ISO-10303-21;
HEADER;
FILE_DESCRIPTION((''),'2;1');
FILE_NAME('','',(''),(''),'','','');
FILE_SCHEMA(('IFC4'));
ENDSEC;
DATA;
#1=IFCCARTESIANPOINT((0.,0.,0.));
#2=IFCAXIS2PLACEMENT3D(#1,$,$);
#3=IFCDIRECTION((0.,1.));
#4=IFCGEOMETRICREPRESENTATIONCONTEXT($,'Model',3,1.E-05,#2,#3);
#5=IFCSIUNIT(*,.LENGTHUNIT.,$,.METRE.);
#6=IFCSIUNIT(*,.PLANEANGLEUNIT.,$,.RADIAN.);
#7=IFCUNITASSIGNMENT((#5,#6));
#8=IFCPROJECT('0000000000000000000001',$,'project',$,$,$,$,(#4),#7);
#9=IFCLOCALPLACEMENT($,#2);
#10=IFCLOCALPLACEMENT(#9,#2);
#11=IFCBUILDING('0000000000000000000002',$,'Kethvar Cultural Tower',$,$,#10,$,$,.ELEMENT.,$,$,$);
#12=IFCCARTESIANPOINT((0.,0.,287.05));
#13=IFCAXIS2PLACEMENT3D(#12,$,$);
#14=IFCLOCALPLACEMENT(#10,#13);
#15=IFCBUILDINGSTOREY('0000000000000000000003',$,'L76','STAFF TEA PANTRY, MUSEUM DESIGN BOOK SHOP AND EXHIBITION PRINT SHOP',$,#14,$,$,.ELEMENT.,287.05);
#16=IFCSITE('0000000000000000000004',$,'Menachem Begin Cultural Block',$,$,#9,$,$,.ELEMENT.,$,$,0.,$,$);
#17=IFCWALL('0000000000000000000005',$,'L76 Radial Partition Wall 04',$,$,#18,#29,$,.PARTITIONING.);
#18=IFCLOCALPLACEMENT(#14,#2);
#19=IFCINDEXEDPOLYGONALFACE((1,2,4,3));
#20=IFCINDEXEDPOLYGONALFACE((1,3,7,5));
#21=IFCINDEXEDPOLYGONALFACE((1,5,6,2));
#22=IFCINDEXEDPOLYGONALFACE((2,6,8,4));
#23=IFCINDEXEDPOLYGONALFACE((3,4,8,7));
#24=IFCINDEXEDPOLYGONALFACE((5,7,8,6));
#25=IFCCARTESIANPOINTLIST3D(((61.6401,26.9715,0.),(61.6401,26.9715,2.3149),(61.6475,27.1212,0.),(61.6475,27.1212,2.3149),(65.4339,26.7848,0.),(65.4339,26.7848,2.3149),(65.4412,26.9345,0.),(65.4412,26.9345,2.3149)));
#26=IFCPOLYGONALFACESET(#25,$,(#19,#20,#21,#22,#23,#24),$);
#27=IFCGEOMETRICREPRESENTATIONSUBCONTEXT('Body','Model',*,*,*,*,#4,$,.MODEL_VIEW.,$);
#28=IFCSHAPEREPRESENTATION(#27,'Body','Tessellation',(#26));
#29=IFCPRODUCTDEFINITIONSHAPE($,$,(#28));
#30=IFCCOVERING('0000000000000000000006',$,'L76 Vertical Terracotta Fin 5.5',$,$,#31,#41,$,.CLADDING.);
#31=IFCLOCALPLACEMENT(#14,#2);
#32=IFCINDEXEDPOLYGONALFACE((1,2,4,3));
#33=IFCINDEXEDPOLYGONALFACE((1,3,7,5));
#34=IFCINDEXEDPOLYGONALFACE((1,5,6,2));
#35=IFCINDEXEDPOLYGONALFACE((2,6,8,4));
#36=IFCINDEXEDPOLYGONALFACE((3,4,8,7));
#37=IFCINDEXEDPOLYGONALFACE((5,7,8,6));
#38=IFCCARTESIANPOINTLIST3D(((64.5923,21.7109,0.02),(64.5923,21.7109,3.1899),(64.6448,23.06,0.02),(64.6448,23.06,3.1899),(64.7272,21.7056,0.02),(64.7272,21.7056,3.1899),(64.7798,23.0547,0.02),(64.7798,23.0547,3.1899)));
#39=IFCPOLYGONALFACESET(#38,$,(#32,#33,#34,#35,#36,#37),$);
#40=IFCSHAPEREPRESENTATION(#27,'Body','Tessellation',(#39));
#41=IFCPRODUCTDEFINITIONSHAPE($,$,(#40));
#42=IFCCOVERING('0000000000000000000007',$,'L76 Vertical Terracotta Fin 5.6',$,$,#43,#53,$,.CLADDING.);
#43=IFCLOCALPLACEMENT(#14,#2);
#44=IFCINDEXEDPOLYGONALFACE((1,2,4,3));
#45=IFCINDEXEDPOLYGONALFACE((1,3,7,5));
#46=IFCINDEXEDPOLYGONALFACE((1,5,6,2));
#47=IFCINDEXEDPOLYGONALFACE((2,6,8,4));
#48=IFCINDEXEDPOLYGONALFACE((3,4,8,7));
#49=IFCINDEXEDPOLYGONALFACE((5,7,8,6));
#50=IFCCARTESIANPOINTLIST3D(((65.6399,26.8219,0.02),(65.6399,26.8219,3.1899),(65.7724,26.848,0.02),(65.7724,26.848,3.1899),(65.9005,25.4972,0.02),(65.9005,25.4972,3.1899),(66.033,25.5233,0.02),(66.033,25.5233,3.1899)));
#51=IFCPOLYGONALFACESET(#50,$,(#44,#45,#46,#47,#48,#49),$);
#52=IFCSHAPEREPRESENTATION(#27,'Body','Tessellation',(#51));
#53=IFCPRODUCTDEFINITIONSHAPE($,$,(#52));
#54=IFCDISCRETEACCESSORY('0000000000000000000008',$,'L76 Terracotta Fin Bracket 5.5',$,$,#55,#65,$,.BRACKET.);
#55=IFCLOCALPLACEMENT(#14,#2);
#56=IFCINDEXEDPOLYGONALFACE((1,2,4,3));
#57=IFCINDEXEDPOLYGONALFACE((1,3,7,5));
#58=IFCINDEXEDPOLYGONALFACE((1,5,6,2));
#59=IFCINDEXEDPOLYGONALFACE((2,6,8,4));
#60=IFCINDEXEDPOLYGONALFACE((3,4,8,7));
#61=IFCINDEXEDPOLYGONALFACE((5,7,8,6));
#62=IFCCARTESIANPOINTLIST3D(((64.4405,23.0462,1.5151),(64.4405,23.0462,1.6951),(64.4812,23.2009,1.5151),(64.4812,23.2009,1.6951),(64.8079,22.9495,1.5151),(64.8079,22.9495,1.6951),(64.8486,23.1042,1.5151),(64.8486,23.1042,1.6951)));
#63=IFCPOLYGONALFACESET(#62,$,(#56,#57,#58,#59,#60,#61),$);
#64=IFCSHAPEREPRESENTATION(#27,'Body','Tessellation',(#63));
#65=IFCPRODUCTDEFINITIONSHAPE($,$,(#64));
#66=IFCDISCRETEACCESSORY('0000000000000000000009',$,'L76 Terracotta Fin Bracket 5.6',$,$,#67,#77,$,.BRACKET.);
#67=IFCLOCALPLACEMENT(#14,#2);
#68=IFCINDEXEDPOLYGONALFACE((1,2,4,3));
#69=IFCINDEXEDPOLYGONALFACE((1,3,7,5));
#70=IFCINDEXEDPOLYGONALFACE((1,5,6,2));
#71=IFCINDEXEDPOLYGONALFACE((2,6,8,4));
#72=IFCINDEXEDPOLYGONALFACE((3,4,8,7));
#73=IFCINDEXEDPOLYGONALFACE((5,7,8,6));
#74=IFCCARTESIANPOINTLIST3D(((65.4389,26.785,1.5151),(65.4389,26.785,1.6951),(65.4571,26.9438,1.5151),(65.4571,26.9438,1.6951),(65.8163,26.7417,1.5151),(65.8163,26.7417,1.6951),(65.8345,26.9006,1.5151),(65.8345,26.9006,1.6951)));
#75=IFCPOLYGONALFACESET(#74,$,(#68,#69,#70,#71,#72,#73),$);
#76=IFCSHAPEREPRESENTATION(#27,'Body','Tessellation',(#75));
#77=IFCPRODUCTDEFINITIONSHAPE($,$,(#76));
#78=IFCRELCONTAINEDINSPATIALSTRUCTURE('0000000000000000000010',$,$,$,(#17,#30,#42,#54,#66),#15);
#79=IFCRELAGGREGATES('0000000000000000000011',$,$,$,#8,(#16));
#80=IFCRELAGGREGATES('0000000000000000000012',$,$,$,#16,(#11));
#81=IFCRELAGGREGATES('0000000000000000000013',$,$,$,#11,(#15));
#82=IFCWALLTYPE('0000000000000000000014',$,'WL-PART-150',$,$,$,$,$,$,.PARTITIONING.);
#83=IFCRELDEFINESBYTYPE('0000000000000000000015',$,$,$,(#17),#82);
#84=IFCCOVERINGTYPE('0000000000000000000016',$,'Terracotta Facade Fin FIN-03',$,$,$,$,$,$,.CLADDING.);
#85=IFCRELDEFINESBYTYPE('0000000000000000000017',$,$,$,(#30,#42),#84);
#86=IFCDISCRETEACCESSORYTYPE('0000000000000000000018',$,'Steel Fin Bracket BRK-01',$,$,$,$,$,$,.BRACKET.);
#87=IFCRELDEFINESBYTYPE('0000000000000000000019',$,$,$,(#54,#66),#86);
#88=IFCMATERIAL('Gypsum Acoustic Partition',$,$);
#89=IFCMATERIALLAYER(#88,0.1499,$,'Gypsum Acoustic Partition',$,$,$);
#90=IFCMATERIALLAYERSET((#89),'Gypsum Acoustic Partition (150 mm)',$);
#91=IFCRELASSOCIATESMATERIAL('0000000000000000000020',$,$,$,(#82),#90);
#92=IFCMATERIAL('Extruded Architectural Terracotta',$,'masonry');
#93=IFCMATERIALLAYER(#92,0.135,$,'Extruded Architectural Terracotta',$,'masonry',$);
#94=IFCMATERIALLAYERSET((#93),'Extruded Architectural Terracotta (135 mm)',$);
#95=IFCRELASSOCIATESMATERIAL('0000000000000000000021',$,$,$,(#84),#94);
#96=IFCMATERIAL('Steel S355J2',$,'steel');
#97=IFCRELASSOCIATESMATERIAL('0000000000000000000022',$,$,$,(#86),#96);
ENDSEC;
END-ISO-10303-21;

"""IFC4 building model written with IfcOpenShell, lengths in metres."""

from ifc_helpers import new_model, si_unit, direction, frame, frame_2d, origin, origin_2d, place, context, subcontext, project, spatial, rectangle, extrude, source, transform, mapped, material, layer, layer_set, type_object, element, save


model = new_model("IFC4")

# Units and contexts
model_context = context("Model", 3, precision=1e-05, world=origin(), true_north=direction((0.0, 1.0)))
body_context = subcontext(model_context, "Body", "Model", "MODEL_VIEW")
ifc_project = project(units=[si_unit("LENGTHUNIT", "METRE"), si_unit("PLANEANGLEUNIT", "RADIAN")], contexts=[model_context])

# Site, building, storey
site_placement = place(None, origin())
site = spatial("IfcSite", under=ifc_project, at=site_placement, Name="Menachem Begin Cultural Block", CompositionType="ELEMENT", RefElevation=0.0)
building_placement = place(site_placement, origin())
building = spatial("IfcBuilding", under=site, at=building_placement, Name="Kethvar Cultural Tower", CompositionType="ELEMENT")
storey_placement = place(building_placement, frame((0.0, 0.0, 287.05)))
storey = spatial("IfcBuildingStorey", under=building, at=storey_placement, Name="L76", Description="STAFF TEA PANTRY, MUSEUM DESIGN BOOK SHOP AND EXHIBITION PRINT SHOP", CompositionType="ELEMENT", Elevation=287.05)

# Shared definitions
ifc_material_1 = material(Name="Steel S355J2", Category="steel")

# Wall
ifc_material_2 = material(Name="Gypsum Acoustic Partition")
ifc_layer_1 = layer(ifc_material_2, 0.1499, Name="Gypsum Acoustic Partition")
ifc_layer_set_1 = layer_set([ifc_layer_1], Name="Gypsum Acoustic Partition (150 mm)")
wall_type_1 = type_object("IfcWallType", Name="WL-PART-150", PredefinedType="PARTITIONING", material=ifc_layer_set_1)
wall_1_placement = place(storey_placement, frame((61.6438, 27.0464, 0.0), z_axis=(0.0, 0.0, 1.0), x_axis=(0.99879, -0.049171, 0.0)))
element("IfcWall", 1, at=wall_1_placement, inside=storey, type_object=wall_type_1, Name="L76 Radial Partition Wall 04", PredefinedType="PARTITIONING", context=body_context, shape_type="SweptSolid", body=[
    extrude(rectangle(XDim=3.7983, YDim=0.1499, at=frame_2d((1.8992, 0.0))), origin(), (0.0, 0.0, 1.0), 2.3149),
])

# Coverings
ifc_material_3 = material(Name="Extruded Architectural Terracotta", Category="masonry")
ifc_layer_2 = layer(ifc_material_3, 0.135, Name="Extruded Architectural Terracotta", Category="masonry")
ifc_layer_set_2 = layer_set([ifc_layer_2], Name="Extruded Architectural Terracotta (135 mm)")
covering_type = type_object("IfcCoveringType", Name="Terracotta Facade Fin FIN-03", PredefinedType="CLADDING", material=ifc_layer_set_2)
shared_shape_1 = source(origin(), body_context, "Body", "SweptSolid", [
    extrude(rectangle(XDim=1.3501, YDim=0.135, at=origin_2d()), origin(), (0.0, 0.0, 1.0), 3.1699),
])
for number, where, z_axis, x_axis, name in (
    (2, (64.686, 22.3828, 0.02), (0.0, 0.0, 1.0), (-0.038911, -0.999243, 0.0), "L76 Vertical Terracotta Fin 5.5"),
    (3, (65.8364, 26.1726, 0.02), (0.0, 0.0, 1.0), (0.193036, -0.981192, 0.0), "L76 Vertical Terracotta Fin 5.6"),
):
    element("IfcCovering", number, at=place(storey_placement, frame(where, z_axis=z_axis, x_axis=x_axis)), inside=storey, type_object=covering_type, Name=name, PredefinedType="CLADDING", context=body_context, shape_type="MappedRepresentation", body=[
        mapped(shared_shape_1, transform((0.0, 0.0, 0.0), scale=1.0)),
    ])

# Discrete accessories
discrete_accessory_type = type_object("IfcDiscreteAccessoryType", Name="Steel Fin Bracket BRK-01", PredefinedType="BRACKET", material=ifc_material_1)
shared_shape_2 = source(origin(), body_context, "Body", "SweptSolid", [
    extrude(rectangle(XDim=0.3799, YDim=0.1599, at=origin_2d()), origin(), (0.0, 0.0, 1.0), 0.1799),
])
for number, where, z_axis, x_axis, name in (
    (4, (64.6445, 23.0752, 1.5151), (0.0, 0.0, 1.0), (0.967046, -0.254602, 0.0), "L76 Terracotta Fin Bracket 5.5"),
    (5, (65.6367, 26.8428, 1.5151), (0.0, 0.0, 1.0), (0.993493, -0.113897, 0.0), "L76 Terracotta Fin Bracket 5.6"),
):
    element("IfcDiscreteAccessory", number, at=place(storey_placement, frame(where, z_axis=z_axis, x_axis=x_axis)), inside=storey, type_object=discrete_accessory_type, Name=name, PredefinedType="BRACKET", context=body_context, shape_type="MappedRepresentation", body=[
        mapped(shared_shape_2, transform((0.0, 0.0, 0.0), scale=1.0)),
    ])

save(model, "model.ifc")
